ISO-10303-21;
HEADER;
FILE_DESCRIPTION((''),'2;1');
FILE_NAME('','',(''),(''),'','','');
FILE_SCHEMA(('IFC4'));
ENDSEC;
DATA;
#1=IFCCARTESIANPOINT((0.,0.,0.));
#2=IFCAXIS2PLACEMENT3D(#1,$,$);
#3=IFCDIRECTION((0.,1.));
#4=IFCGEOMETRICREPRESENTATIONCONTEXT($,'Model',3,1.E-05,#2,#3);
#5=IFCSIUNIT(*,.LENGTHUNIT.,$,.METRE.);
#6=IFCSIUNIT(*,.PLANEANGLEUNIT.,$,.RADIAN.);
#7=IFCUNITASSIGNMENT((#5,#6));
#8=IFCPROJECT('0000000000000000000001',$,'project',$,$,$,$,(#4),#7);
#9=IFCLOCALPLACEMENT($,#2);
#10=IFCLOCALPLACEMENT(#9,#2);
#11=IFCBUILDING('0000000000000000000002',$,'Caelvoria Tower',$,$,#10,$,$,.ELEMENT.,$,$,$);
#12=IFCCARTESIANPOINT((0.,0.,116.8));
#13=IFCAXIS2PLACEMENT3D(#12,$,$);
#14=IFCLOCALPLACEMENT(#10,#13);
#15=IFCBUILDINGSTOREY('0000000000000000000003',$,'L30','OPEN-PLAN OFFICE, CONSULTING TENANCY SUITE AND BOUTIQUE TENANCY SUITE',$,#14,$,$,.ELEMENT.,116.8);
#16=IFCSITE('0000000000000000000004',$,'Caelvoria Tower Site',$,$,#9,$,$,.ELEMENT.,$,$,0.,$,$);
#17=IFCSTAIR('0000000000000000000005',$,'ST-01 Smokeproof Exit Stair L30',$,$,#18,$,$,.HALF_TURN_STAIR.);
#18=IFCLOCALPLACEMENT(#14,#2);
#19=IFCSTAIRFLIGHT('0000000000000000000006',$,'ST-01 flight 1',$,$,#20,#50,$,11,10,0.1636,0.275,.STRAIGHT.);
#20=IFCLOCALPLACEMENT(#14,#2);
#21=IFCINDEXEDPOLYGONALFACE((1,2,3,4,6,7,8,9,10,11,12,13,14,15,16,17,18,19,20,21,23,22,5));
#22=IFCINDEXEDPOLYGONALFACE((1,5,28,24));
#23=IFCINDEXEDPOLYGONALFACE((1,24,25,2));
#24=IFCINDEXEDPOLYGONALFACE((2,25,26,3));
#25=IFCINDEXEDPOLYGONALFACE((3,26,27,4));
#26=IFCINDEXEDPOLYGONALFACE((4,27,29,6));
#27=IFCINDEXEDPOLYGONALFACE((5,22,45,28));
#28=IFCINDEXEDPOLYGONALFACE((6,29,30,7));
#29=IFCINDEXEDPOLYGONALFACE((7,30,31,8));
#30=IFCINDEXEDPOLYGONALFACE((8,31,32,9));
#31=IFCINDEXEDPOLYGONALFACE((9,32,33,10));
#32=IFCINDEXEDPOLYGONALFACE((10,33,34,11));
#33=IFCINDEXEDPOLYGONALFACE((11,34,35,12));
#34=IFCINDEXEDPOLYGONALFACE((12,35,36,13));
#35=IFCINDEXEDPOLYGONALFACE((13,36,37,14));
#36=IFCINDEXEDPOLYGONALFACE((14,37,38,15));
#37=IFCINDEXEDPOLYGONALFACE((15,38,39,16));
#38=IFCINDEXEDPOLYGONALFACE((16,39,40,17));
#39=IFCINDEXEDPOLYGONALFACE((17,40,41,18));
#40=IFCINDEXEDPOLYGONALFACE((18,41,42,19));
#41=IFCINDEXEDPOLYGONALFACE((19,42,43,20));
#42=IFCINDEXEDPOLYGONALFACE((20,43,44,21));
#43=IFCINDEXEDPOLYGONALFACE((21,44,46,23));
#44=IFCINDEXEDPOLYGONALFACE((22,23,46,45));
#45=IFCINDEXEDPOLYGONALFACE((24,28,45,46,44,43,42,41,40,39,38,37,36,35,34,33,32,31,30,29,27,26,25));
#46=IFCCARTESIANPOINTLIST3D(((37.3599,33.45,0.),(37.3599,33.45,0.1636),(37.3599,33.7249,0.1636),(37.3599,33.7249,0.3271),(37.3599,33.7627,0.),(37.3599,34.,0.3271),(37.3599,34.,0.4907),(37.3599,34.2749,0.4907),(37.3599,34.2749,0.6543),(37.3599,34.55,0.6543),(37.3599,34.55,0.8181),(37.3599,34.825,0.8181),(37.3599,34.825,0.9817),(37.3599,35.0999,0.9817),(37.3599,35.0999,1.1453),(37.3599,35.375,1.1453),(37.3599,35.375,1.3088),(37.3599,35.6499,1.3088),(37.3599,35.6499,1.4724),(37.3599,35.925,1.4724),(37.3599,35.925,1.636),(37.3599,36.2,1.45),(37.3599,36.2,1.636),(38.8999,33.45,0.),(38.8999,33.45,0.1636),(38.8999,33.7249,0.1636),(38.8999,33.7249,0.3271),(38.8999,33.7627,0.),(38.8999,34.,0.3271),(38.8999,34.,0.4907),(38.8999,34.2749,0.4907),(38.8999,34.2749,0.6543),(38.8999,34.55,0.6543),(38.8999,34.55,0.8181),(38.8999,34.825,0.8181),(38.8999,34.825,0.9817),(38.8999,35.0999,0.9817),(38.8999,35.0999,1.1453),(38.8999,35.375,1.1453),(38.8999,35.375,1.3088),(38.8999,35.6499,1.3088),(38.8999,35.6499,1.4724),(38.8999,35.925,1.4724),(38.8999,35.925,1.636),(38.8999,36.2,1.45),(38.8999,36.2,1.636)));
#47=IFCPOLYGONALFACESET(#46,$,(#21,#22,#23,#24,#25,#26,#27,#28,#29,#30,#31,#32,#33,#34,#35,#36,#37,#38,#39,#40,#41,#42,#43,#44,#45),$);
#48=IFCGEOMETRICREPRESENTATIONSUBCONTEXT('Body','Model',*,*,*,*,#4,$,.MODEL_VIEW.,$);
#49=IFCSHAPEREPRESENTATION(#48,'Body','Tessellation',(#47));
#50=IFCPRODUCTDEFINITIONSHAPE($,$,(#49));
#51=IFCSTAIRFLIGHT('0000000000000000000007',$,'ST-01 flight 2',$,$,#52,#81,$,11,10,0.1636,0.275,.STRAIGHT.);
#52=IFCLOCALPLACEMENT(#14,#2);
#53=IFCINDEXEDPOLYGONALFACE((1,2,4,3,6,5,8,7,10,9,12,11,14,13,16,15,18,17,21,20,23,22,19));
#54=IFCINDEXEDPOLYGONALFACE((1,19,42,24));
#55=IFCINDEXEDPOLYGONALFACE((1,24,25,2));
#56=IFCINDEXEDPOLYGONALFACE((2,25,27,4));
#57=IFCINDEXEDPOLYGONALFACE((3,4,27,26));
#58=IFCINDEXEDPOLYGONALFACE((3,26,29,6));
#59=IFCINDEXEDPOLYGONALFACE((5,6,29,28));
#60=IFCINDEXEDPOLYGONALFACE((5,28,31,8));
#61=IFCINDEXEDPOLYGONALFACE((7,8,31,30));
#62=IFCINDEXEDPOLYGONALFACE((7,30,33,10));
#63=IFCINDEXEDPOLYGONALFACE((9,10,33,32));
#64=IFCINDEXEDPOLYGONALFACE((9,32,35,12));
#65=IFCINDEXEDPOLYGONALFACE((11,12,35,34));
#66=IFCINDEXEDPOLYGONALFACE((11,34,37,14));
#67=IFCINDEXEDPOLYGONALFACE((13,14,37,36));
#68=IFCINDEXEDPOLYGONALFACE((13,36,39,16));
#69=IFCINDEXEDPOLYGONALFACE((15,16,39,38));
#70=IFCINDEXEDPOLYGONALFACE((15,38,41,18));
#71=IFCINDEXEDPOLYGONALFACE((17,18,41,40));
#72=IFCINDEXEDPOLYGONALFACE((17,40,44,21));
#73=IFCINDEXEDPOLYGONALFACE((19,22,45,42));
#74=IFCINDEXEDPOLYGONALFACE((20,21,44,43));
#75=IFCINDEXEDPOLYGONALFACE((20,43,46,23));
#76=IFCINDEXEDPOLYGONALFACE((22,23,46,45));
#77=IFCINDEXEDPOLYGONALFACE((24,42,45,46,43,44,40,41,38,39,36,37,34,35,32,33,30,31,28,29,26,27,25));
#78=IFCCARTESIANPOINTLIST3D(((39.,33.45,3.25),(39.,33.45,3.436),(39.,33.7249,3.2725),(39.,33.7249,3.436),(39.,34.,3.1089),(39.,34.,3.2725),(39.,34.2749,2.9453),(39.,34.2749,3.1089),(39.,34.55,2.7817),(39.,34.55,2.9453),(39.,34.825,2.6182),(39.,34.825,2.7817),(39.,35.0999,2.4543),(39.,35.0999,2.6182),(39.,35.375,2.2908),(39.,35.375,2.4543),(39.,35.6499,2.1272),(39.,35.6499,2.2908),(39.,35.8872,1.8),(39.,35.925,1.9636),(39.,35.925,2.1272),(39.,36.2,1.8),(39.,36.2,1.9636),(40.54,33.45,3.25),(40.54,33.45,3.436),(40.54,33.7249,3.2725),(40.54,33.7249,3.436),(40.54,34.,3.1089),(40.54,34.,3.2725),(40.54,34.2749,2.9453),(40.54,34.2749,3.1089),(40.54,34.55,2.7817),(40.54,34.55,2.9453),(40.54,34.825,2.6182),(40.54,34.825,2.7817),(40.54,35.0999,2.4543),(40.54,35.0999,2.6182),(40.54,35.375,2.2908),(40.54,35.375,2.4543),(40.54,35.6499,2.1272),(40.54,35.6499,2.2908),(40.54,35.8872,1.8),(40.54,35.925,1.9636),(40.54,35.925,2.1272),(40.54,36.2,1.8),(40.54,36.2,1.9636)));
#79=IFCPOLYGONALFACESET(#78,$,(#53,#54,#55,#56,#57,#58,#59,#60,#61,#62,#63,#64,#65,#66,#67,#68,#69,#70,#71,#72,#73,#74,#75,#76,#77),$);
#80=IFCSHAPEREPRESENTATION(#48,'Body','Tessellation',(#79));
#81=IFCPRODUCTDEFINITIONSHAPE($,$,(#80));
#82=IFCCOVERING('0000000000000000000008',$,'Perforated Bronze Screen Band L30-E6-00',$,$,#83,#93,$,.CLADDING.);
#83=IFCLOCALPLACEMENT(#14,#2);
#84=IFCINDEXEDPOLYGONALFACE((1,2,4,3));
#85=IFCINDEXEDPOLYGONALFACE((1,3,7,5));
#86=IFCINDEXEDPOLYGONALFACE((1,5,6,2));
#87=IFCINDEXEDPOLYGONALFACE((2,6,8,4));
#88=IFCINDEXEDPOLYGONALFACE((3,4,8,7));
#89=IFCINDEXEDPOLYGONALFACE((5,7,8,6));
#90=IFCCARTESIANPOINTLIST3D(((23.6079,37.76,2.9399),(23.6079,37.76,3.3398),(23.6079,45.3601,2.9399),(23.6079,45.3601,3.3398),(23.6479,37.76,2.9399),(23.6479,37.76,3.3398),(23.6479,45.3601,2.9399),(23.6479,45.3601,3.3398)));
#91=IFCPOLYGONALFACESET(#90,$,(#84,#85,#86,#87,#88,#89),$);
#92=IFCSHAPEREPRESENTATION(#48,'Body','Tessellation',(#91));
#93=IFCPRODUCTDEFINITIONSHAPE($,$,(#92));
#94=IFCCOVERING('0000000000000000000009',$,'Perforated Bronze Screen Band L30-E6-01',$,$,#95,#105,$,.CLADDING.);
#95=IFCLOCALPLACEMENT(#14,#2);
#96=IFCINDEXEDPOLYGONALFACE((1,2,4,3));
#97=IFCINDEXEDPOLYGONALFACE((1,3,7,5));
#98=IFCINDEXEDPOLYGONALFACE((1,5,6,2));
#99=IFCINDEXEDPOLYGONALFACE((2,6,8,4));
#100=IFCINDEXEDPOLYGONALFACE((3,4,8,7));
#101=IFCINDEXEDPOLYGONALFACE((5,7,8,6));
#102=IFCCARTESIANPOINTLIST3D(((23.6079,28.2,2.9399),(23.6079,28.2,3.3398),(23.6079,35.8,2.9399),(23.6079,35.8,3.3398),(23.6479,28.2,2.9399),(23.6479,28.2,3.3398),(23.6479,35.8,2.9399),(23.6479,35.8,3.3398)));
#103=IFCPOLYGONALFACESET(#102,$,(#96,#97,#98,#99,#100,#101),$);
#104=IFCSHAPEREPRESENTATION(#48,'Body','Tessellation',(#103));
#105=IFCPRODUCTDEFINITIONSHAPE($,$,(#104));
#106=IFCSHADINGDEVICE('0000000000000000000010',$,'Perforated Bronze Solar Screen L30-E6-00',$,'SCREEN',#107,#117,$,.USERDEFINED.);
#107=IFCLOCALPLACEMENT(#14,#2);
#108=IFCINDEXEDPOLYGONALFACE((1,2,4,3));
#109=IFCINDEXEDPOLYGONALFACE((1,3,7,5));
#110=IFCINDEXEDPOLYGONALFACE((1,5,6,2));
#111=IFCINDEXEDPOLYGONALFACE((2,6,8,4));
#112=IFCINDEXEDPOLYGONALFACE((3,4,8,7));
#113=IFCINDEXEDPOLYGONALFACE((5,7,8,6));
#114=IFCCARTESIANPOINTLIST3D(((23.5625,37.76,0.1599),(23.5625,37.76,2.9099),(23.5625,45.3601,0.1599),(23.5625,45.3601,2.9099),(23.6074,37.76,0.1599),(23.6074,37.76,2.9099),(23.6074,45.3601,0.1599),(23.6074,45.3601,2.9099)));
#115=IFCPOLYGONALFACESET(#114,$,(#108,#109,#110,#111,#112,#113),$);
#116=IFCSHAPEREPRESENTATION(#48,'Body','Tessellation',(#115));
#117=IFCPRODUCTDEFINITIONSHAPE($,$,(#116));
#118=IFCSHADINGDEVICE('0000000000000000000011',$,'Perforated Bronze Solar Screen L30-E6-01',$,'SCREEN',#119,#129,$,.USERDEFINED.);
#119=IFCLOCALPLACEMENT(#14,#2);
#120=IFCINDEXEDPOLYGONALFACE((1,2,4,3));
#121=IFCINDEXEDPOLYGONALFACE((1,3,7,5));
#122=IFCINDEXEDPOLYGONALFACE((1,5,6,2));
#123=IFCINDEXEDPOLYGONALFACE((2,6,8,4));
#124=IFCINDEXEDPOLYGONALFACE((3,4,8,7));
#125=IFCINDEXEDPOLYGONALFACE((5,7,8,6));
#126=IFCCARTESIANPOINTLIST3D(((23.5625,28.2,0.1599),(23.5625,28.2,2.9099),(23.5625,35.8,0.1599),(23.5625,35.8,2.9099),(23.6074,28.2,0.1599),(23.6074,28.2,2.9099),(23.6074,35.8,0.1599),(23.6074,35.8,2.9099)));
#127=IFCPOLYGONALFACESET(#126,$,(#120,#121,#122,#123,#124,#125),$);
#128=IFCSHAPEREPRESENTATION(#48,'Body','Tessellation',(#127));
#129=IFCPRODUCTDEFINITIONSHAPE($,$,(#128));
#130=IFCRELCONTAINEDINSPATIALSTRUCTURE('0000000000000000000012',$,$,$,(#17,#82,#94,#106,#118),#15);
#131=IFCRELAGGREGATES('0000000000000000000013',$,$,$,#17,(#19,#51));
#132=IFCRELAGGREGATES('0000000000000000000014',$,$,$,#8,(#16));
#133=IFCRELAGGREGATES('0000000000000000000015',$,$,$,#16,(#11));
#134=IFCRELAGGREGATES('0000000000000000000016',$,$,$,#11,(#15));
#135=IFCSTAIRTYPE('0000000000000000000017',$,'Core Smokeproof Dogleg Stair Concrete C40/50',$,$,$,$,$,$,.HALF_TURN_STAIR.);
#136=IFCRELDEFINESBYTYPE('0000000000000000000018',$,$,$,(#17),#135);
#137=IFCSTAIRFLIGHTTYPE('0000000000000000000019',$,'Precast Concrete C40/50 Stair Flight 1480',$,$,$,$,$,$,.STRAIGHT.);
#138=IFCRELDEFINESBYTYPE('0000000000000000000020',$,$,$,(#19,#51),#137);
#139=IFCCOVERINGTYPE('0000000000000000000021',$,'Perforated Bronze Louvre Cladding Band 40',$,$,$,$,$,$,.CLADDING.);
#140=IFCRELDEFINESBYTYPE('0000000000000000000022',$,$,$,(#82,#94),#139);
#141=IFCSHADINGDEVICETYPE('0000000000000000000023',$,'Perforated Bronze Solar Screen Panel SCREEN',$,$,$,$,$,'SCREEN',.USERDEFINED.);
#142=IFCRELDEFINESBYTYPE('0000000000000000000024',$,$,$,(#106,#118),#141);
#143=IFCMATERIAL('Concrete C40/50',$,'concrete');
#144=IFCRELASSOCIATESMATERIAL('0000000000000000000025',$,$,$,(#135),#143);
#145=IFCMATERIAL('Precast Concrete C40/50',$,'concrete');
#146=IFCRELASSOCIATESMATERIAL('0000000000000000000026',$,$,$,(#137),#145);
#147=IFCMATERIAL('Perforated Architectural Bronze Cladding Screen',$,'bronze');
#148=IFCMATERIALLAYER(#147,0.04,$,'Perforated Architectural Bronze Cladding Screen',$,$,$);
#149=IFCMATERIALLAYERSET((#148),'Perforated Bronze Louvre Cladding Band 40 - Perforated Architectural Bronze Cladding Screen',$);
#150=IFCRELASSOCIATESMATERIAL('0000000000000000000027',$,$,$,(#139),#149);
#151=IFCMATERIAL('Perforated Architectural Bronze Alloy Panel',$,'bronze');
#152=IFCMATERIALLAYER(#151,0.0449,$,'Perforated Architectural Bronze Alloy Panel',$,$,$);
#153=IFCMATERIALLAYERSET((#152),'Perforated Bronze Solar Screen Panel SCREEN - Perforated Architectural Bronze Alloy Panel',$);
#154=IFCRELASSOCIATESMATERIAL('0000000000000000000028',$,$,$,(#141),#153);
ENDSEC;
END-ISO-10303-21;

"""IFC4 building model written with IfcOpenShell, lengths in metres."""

from ifc_helpers import new_model, si_unit, direction, frame, origin, origin_2d, place, context, subcontext, project, spatial, polyline, rectangle, outline, extrude, material, layer, layer_set, type_object, element, aggregate, save


model = new_model("IFC4")

# Units and contexts
model_context = context("Model", 3, precision=1e-05, world=origin(), true_north=direction((0.0, 1.0)))
body_context = subcontext(model_context, "Body", "Model", "MODEL_VIEW")
ifc_project = project(units=[si_unit("LENGTHUNIT", "METRE"), si_unit("PLANEANGLEUNIT", "RADIAN")], contexts=[model_context])

# Site, building, storey
site_placement = place(None, origin())
site = spatial("IfcSite", under=ifc_project, at=site_placement, Name="Caelvoria Tower Site", CompositionType="ELEMENT", RefElevation=0.0)
building_placement = place(site_placement, origin())
building = spatial("IfcBuilding", under=site, at=building_placement, Name="Caelvoria Tower", CompositionType="ELEMENT")
storey_placement = place(building_placement, frame((0.0, 0.0, 116.8)))
storey = spatial("IfcBuildingStorey", under=building, at=storey_placement, Name="L30", Description="OPEN-PLAN OFFICE, CONSULTING TENANCY SUITE AND BOUTIQUE TENANCY SUITE", CompositionType="ELEMENT", Elevation=116.8)

# Stair, stair flights
ifc_material_1 = material(Name="Concrete C40/50", Category="concrete")
stair_type = type_object("IfcStairType", Name="Core Smokeproof Dogleg Stair Concrete C40/50", PredefinedType="HALF_TURN_STAIR", material=ifc_material_1)
stair_placement = place(storey_placement, origin())
stair = element("IfcStair", 1, at=stair_placement, inside=storey, type_object=stair_type, Name="ST-01 Smokeproof Exit Stair L30", PredefinedType="HALF_TURN_STAIR")
ifc_material_2 = material(Name="Precast Concrete C40/50", Category="concrete")
stair_flight_type = type_object("IfcStairFlightType", Name="Precast Concrete C40/50 Stair Flight 1480", PredefinedType="STRAIGHT", material=ifc_material_2)
stair_flight_1_placement = place(storey_placement, frame((38.1299, 33.45, 0.0), z_axis=(0.0, 0.0, 1.0), x_axis=(0.0, 1.0, 0.0)))
stair_flight_1 = element("IfcStairFlight", 2, at=stair_flight_1_placement, type_object=stair_flight_type, Name="ST-01 flight 1", NumberOfRisers=11, NumberOfTreads=10, PredefinedType="STRAIGHT", RiserHeight=0.1636, TreadLength=0.275, context=body_context, shape_type="SweptSolid", body=[
    extrude(outline(polyline([(0.0, 0.0), (0.0, 0.1636), (0.2749, 0.1636), (0.2749, 0.3271), (0.55, 0.3271), (0.55, 0.4907), (0.825, 0.4907), (0.825, 0.6543), (1.1001, 0.6543), (1.1001, 0.8181), (1.375, 0.8181), (1.375, 0.9817), (1.6499, 0.9817), (1.6499, 1.1453), (1.925, 1.1453), (1.925, 1.3088), (2.2, 1.3088), (2.2, 1.4724), (2.4751, 1.4724), (2.4751, 1.636), (2.75, 1.636), (2.75, 1.7996), (2.75, 1.45), (0.3127, 0.0), (0.0, 0.0)])), frame((0.0, 0.77, 0.0), z_axis=(0.0, -1.0, 0.0), x_axis=(1.0, 0.0, 0.0)), (0.0, 0.0, 1.0), 1.54),
])
stair_flight_2_placement = place(storey_placement, frame((39.77, 36.2, 1.8), z_axis=(0.0, 0.0, 1.0), x_axis=(0.0, -1.0, 0.0)))
stair_flight_2 = element("IfcStairFlight", 3, at=stair_flight_2_placement, type_object=stair_flight_type, Name="ST-01 flight 2", NumberOfRisers=11, NumberOfTreads=10, PredefinedType="STRAIGHT", RiserHeight=0.1636, TreadLength=0.275, context=body_context, shape_type="SweptSolid", body=[
    extrude(outline(polyline([(0.0, 0.0), (0.0, 0.1636), (0.2749, 0.1636), (0.2749, 0.3271), (0.55, 0.3271), (0.55, 0.4907), (0.825, 0.4907), (0.825, 0.6543), (1.1001, 0.6543), (1.1001, 0.8181), (1.375, 0.8181), (1.375, 0.9817), (1.6499, 0.9817), (1.6499, 1.1453), (1.925, 1.1453), (1.925, 1.3088), (2.2, 1.3088), (2.2, 1.4724), (2.4751, 1.4724), (2.4751, 1.636), (2.75, 1.636), (2.75, 1.7996), (2.75, 1.45), (0.3127, 0.0), (0.0, 0.0)])), frame((0.0, 0.77, 0.0), z_axis=(0.0, -1.0, 0.0), x_axis=(1.0, 0.0, 0.0)), (0.0, 0.0, 1.0), 1.54),
])
aggregate(stair, [stair_flight_1, stair_flight_2])

# Coverings
ifc_material_3 = material(Name="Perforated Architectural Bronze Cladding Screen", Category="bronze")
ifc_layer_1 = layer(ifc_material_3, 0.04, Name="Perforated Architectural Bronze Cladding Screen")
ifc_layer_set_1 = layer_set([ifc_layer_1], Name="Perforated Bronze Louvre Cladding Band 40 - Perforated Architectural Bronze Cladding Screen")
covering_type = type_object("IfcCoveringType", Name="Perforated Bronze Louvre Cladding Band 40", PredefinedType="CLADDING", material=ifc_layer_set_1)
for number, where, z_axis, x_axis, name in (
    (4, (23.6279, 41.5601, 2.9399), (0.0, 0.0, 1.0), (0.0, -1.0, 0.0), "Perforated Bronze Screen Band L30-E6-00"),
    (5, (23.6279, 32.0, 2.9399), (0.0, 0.0, 1.0), (0.0, -1.0, 0.0), "Perforated Bronze Screen Band L30-E6-01"),
):
    element("IfcCovering", number, at=place(storey_placement, frame(where, z_axis=z_axis, x_axis=x_axis)), inside=storey, type_object=covering_type, Name=name, PredefinedType="CLADDING", context=body_context, shape_type="SweptSolid", body=[
        extrude(rectangle(XDim=7.6001, YDim=0.04, at=origin_2d()), origin(), (0.0, 0.0, 1.0), 0.3999),
    ])

# Shading devices
ifc_material_4 = material(Name="Perforated Architectural Bronze Alloy Panel", Category="bronze")
ifc_layer_2 = layer(ifc_material_4, 0.0449, Name="Perforated Architectural Bronze Alloy Panel")
ifc_layer_set_2 = layer_set([ifc_layer_2], Name="Perforated Bronze Solar Screen Panel SCREEN - Perforated Architectural Bronze Alloy Panel")
shading_device_type = type_object("IfcShadingDeviceType", Name="Perforated Bronze Solar Screen Panel SCREEN", ElementType="SCREEN", PredefinedType="USERDEFINED", material=ifc_layer_set_2)
for number, where, z_axis, x_axis, name in (
    (6, (23.585, 41.5601, 0.1599), (0.0, 0.0, 1.0), (0.0, -1.0, 0.0), "Perforated Bronze Solar Screen L30-E6-00"),
    (7, (23.585, 32.0, 0.1599), (0.0, 0.0, 1.0), (0.0, -1.0, 0.0), "Perforated Bronze Solar Screen L30-E6-01"),
):
    element("IfcShadingDevice", number, at=place(storey_placement, frame(where, z_axis=z_axis, x_axis=x_axis)), inside=storey, type_object=shading_device_type, Name=name, ObjectType="SCREEN", PredefinedType="USERDEFINED", context=body_context, shape_type="SweptSolid", body=[
        extrude(rectangle(XDim=7.6001, YDim=0.0449, at=origin_2d()), origin(), (0.0, 0.0, 1.0), 2.75),
    ])

save(model, "model.ifc")
